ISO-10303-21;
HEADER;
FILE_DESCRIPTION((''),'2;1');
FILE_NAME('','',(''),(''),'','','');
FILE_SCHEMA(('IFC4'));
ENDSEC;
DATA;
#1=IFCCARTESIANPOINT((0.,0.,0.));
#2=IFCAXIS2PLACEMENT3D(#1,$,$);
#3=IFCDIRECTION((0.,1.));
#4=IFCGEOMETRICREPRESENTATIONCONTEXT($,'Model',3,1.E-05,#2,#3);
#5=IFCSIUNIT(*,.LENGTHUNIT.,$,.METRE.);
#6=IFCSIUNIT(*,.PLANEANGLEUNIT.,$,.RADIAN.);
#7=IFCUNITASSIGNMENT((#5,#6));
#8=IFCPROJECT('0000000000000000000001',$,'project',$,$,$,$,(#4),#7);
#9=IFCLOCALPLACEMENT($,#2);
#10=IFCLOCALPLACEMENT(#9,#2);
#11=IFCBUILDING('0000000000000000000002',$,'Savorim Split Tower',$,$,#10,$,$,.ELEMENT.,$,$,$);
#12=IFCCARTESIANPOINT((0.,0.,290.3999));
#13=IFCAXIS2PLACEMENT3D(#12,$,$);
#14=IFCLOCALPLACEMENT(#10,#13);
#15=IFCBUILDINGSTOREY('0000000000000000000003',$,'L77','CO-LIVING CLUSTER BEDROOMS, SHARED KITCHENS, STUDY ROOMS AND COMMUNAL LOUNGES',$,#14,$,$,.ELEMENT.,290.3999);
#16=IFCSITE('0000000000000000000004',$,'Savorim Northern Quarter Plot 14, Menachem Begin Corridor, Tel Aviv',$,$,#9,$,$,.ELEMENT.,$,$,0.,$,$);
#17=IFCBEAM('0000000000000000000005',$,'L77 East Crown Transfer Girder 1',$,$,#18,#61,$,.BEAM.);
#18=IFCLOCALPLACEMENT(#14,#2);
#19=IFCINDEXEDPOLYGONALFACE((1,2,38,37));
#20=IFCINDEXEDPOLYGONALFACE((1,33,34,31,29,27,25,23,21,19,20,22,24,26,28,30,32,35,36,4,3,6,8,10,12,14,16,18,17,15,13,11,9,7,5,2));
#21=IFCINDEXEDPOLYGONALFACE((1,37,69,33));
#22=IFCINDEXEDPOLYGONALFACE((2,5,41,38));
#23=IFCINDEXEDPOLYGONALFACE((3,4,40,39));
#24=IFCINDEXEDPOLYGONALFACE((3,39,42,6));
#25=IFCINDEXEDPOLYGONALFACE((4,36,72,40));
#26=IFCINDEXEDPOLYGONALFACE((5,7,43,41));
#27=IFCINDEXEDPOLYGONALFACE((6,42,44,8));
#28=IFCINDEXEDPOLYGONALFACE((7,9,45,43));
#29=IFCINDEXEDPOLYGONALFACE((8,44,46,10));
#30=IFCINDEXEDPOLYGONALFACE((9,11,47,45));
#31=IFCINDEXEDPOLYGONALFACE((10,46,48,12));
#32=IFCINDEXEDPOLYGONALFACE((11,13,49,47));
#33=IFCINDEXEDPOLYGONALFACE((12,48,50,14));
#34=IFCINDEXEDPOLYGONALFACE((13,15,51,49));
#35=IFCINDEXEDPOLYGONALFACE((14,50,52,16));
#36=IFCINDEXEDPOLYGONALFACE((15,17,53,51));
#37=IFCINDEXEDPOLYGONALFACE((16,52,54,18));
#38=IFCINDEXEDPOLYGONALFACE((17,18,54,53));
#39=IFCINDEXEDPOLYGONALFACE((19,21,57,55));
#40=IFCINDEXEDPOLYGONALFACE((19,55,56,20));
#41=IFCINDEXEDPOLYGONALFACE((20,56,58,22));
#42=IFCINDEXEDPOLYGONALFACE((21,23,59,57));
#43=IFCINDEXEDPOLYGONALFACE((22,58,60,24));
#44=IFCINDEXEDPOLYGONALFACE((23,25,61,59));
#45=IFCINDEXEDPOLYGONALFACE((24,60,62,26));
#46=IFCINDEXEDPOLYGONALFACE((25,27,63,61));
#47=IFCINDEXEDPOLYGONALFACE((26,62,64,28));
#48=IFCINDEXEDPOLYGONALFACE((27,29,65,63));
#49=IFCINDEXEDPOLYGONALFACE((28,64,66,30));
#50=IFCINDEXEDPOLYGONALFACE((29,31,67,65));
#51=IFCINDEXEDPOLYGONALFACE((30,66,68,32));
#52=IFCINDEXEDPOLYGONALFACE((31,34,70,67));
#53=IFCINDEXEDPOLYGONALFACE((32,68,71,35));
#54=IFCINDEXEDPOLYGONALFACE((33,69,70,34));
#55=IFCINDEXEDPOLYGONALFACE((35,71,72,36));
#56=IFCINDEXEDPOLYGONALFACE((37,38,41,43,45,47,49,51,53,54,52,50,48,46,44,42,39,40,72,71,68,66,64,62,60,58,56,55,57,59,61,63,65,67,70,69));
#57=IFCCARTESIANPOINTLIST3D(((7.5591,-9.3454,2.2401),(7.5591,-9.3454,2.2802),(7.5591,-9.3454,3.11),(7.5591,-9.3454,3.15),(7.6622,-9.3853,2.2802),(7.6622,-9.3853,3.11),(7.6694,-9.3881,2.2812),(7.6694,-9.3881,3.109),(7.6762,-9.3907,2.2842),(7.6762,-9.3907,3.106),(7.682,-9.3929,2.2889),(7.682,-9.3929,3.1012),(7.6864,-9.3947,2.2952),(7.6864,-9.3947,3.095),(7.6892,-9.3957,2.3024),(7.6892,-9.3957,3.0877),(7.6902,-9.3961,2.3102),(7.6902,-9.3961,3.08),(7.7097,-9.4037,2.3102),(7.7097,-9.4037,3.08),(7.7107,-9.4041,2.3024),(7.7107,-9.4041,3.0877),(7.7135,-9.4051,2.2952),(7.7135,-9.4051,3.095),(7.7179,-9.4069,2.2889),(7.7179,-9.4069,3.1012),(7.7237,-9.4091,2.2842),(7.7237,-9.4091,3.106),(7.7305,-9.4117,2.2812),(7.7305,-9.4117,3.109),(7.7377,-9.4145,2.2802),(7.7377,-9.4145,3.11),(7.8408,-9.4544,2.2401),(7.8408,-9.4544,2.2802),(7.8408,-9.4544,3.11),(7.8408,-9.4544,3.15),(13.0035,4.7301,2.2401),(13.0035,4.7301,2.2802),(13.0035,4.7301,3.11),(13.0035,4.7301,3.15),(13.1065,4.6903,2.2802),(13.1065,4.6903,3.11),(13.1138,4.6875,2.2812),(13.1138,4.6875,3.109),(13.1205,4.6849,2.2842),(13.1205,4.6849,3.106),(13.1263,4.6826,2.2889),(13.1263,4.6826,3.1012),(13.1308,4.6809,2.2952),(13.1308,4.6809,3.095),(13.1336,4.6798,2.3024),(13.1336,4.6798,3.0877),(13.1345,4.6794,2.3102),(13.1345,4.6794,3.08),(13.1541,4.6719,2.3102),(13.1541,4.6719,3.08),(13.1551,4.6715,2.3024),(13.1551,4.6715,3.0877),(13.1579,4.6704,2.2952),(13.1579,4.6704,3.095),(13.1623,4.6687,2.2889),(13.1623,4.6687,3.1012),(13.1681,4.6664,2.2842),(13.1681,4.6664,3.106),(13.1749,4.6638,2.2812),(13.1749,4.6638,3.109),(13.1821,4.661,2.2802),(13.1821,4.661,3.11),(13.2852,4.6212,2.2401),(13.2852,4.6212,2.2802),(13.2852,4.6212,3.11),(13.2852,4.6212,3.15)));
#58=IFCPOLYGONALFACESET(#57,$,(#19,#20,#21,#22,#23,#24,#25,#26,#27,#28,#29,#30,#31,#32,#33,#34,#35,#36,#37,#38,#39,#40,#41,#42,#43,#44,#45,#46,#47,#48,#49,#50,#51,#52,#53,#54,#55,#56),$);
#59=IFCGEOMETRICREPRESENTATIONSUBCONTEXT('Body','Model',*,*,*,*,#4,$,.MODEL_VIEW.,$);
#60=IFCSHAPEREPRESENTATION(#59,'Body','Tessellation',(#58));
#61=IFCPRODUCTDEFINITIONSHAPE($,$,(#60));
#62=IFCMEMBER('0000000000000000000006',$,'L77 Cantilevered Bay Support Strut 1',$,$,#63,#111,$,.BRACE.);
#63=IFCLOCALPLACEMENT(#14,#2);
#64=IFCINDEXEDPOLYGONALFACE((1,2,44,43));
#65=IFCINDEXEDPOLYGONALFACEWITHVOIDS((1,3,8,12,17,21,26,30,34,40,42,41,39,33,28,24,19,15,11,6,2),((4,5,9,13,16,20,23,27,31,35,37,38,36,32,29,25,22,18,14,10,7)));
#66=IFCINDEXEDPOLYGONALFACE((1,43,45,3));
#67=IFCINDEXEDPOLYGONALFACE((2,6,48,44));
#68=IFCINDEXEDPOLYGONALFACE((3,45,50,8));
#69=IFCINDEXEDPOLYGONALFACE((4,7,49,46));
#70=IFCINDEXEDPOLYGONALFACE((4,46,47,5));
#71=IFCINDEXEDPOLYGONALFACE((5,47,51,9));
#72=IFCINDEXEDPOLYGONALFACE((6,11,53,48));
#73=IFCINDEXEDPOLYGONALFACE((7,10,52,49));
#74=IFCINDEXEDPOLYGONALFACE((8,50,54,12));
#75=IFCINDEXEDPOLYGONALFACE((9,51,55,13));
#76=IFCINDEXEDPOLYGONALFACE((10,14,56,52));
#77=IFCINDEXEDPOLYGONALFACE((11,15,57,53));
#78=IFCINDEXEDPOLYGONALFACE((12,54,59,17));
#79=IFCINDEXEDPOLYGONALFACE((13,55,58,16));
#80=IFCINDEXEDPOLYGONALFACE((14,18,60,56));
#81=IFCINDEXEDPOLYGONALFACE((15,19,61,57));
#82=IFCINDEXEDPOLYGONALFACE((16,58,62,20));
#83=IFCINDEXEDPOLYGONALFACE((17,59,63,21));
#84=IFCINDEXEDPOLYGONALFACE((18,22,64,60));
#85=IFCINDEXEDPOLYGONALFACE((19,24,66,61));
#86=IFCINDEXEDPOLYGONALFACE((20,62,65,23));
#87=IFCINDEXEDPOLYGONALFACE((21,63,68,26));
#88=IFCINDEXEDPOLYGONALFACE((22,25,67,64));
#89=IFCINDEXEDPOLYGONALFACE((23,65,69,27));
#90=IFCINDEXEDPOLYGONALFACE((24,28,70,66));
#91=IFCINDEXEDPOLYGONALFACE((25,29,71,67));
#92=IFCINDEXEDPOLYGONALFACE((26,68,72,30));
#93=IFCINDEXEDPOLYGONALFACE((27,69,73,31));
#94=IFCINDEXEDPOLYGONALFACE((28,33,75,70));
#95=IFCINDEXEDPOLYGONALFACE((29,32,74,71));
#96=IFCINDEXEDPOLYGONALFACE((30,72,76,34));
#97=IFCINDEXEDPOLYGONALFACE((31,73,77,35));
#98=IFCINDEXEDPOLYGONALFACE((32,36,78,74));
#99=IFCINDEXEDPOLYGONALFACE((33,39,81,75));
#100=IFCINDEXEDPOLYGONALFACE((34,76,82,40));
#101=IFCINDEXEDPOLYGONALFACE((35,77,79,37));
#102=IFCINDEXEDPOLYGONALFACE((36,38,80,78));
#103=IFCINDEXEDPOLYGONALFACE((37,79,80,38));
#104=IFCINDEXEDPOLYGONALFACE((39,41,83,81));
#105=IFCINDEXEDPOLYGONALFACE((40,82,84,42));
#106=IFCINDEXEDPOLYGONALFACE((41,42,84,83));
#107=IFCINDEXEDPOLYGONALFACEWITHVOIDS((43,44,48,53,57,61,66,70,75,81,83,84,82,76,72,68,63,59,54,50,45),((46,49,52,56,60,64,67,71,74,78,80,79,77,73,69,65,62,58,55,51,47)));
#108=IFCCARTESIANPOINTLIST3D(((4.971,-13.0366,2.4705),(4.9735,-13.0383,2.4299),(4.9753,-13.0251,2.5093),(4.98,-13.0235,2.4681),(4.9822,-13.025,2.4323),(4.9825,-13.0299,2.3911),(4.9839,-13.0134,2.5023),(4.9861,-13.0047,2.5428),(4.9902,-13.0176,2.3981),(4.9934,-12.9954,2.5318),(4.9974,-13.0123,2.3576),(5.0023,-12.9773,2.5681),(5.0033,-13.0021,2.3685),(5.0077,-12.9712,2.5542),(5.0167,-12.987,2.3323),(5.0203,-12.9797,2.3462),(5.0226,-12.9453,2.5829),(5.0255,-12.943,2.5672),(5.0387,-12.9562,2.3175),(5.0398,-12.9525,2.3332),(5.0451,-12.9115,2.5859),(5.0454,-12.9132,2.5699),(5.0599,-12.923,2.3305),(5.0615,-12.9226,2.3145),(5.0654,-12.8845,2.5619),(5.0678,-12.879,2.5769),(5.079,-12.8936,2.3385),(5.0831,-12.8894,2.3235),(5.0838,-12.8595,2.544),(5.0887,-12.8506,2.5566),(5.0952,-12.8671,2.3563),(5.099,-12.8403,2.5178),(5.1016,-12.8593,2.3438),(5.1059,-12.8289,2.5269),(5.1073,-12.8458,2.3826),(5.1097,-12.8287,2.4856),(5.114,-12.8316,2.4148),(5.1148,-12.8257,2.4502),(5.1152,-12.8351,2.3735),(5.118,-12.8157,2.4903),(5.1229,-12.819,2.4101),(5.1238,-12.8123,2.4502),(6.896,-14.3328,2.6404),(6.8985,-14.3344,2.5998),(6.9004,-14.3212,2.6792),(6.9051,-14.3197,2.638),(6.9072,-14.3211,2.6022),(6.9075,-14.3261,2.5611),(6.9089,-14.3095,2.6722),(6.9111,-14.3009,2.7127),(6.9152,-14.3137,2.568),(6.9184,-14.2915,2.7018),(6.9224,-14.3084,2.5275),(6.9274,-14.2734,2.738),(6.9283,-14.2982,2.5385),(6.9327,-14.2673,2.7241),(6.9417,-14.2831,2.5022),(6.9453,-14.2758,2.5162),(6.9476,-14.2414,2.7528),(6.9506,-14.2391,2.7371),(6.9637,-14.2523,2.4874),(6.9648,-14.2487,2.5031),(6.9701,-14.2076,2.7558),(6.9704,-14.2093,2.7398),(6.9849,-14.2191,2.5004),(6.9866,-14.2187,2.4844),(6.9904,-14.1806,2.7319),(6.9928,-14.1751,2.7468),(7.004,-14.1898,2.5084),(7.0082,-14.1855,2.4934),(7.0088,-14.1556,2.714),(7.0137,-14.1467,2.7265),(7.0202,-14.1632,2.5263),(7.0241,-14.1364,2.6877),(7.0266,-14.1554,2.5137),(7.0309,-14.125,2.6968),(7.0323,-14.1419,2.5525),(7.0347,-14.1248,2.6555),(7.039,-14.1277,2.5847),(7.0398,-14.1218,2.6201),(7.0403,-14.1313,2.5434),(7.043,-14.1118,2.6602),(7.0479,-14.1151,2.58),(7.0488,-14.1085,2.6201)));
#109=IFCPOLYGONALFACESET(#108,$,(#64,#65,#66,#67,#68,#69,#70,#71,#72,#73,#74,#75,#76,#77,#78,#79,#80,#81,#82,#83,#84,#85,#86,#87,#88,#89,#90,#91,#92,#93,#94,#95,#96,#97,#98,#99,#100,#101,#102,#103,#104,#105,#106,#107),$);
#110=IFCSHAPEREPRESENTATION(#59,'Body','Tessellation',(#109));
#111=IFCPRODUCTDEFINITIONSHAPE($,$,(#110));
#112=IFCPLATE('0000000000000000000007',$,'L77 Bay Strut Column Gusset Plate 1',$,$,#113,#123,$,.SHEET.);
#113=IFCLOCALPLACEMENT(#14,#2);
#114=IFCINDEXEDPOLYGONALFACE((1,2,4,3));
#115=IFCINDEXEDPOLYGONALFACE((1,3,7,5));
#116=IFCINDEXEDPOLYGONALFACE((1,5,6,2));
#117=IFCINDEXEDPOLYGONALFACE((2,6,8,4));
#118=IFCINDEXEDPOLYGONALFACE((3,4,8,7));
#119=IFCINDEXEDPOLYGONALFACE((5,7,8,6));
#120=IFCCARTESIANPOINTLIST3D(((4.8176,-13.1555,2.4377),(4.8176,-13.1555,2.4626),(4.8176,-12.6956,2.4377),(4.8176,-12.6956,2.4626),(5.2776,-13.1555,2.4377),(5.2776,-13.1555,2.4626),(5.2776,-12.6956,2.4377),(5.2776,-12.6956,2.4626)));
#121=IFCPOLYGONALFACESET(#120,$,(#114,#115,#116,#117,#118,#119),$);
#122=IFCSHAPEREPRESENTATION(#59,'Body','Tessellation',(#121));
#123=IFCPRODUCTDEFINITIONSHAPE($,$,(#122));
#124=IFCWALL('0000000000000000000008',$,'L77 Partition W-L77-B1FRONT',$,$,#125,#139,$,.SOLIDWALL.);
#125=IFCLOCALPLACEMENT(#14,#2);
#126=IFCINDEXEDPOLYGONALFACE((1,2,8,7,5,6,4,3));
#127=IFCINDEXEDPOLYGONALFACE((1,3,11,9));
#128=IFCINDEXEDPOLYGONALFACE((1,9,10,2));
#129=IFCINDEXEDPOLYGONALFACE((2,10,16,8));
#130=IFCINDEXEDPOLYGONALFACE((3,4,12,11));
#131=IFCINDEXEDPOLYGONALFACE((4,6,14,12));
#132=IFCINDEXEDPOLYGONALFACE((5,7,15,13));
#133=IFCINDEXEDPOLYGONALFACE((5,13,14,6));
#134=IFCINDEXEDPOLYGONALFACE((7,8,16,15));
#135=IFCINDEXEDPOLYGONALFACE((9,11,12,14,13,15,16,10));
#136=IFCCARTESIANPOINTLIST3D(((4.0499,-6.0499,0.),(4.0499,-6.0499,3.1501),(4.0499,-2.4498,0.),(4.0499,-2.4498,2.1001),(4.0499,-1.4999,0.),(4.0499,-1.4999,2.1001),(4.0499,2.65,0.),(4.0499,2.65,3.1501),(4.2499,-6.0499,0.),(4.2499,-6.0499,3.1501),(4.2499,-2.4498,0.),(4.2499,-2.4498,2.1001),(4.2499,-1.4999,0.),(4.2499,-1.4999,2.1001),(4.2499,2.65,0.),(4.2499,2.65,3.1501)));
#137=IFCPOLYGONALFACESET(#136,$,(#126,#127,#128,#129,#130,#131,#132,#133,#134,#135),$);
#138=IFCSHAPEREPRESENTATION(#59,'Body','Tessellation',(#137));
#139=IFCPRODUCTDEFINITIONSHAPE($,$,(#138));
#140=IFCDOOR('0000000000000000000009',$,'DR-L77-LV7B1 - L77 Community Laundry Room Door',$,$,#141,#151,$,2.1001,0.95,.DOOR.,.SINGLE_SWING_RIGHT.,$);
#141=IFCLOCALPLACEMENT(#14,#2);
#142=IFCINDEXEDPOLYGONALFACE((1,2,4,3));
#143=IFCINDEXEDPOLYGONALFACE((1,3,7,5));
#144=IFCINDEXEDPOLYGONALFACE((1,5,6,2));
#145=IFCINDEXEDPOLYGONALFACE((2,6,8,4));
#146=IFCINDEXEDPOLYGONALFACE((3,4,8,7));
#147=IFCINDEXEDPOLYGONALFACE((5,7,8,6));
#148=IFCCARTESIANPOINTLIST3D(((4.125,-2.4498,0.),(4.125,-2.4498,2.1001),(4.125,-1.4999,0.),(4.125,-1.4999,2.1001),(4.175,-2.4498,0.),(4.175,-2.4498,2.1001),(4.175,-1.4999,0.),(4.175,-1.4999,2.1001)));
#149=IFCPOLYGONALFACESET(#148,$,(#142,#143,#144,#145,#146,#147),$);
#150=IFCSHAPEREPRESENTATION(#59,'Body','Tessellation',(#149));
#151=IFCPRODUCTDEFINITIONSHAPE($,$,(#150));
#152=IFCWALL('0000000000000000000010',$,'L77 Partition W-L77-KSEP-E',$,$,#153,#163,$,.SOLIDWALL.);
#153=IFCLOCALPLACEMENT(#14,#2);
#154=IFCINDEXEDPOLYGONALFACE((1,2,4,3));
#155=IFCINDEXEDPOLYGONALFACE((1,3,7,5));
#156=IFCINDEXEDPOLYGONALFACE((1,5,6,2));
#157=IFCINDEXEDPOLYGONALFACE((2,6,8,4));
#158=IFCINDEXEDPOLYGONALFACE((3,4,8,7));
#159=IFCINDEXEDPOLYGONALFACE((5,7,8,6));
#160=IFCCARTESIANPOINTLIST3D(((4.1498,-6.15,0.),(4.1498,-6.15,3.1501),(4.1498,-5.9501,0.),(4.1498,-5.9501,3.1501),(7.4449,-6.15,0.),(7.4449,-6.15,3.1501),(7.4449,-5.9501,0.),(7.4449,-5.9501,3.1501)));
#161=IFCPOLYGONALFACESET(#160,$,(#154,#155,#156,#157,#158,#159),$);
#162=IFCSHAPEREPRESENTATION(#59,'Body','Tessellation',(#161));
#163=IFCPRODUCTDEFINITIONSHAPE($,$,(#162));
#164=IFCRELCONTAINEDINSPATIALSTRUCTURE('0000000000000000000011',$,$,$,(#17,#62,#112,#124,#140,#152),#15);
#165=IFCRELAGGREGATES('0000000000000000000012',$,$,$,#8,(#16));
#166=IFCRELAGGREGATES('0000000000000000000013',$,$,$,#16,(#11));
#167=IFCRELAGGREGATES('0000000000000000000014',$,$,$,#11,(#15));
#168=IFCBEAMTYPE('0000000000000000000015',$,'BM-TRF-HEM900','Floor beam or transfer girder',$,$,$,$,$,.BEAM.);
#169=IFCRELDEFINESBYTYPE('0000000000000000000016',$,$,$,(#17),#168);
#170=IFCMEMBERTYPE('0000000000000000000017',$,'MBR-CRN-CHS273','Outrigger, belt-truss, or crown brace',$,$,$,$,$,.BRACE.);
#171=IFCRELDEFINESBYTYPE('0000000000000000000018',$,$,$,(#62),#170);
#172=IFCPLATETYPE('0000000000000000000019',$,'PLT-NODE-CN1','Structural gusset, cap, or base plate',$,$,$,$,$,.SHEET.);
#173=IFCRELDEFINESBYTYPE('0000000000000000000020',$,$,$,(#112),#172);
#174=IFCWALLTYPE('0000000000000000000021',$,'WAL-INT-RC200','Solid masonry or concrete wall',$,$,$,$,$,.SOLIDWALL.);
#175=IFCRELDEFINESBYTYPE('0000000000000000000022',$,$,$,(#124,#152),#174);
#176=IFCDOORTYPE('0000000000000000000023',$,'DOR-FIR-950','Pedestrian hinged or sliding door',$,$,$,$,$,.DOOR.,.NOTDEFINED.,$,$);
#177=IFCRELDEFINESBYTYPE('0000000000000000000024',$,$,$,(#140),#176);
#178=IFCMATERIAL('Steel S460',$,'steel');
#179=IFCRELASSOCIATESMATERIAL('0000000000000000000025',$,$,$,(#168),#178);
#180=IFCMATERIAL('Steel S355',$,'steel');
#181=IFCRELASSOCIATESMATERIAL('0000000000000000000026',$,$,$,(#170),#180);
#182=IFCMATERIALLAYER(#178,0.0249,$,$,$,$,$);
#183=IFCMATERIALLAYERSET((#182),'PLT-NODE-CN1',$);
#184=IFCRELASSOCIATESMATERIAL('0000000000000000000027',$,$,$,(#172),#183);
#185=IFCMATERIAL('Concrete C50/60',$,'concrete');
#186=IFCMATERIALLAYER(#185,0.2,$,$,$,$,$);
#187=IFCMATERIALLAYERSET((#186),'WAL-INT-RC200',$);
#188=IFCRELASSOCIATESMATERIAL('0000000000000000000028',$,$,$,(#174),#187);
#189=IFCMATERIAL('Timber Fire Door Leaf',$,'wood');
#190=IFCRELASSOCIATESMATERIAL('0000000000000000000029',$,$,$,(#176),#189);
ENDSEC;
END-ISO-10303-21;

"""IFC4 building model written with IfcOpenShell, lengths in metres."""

from ifc_helpers import new_model, si_unit, direction, frame, frame_2d, origin, origin_2d, place, context, subcontext, project, spatial, rectangle, hollow_circle, i_section, extrude, material, layer, layer_set, material_profile, profile_set, type_object, element, fill, save


model = new_model("IFC4")

# Units and contexts
model_context = context("Model", 3, precision=1e-05, world=origin(), true_north=direction((0.0, 1.0)))
body_context = subcontext(model_context, "Body", "Model", "MODEL_VIEW")
ifc_project = project(units=[si_unit("LENGTHUNIT", "METRE"), si_unit("PLANEANGLEUNIT", "RADIAN")], contexts=[model_context])

# Site, building, storey
site_placement = place(None, origin())
site = spatial("IfcSite", under=ifc_project, at=site_placement, Name="Savorim Northern Quarter Plot 14, Menachem Begin Corridor, Tel Aviv", CompositionType="ELEMENT", RefElevation=0.0)
building_placement = place(site_placement, origin())
building = spatial("IfcBuilding", under=site, at=building_placement, Name="Savorim Split Tower", CompositionType="ELEMENT")
storey_placement = place(building_placement, frame((0.0, 0.0, 290.3999)))
storey = spatial("IfcBuildingStorey", under=building, at=storey_placement, Name="L77", Description="CO-LIVING CLUSTER BEDROOMS, SHARED KITCHENS, STUDY ROOMS AND COMMUNAL LOUNGES", CompositionType="ELEMENT", Elevation=290.3999)

# Shared definitions
ifc_material_1 = material(Name="Steel S355", Category="steel")

# Beam
ifc_material_2 = material(Name="Steel S460", Category="steel")
ifc_material_profile_1 = material_profile(ifc_material_2, i_section(OverallWidth=0.302, OverallDepth=0.9099, WebThickness=0.021, FlangeThickness=0.04, FilletRadius=0.03, at=origin_2d()), Name="HE 900 M")
ifc_profile_set_1 = profile_set([ifc_material_profile_1], Name="Steel S460")
beam_type_1 = type_object("IfcBeamType", Name="BM-TRF-HEM900", Description="Floor beam or transfer girder", PredefinedType="BEAM", material=ifc_profile_set_1)
beam_1_placement = place(storey_placement, frame((7.7, -9.3999, 2.6951), z_axis=(0.360751, 0.932662, 0.0), x_axis=(-0.932662, 0.360751, 0.0)))
element("IfcBeam", 1, at=beam_1_placement, inside=storey, type_object=beam_type_1, Name="L77 East Crown Transfer Girder 1", PredefinedType="BEAM", context=body_context, shape_type="SweptSolid", body=[
    extrude(i_section(OverallWidth=0.302, OverallDepth=0.9099, WebThickness=0.021, FlangeThickness=0.04, FilletRadius=0.03, at=origin_2d()), origin(), (0.0, 0.0, 1.0), 15.0918),
])

# Member
ifc_material_profile_2 = material_profile(ifc_material_1, hollow_circle(Radius=0.1365, WallThickness=0.0161, at=origin_2d()), Name="CHS 273x16")
ifc_profile_set_2 = profile_set([ifc_material_profile_2], Name="Steel S355")
member_type = type_object("IfcMemberType", Name="MBR-CRN-CHS273", Description="Outrigger, belt-truss, or crown brace", PredefinedType="BRACE", material=ifc_profile_set_2)
member_placement = place(storey_placement, frame((5.0476, -12.9255, 2.4502), z_axis=(0.827286, -0.557015, 0.073024), x_axis=(0.558506, 0.829501, 0.0)))
element("IfcMember", 2, at=member_placement, inside=storey, type_object=member_type, Name="L77 Cantilevered Bay Support Strut 1", PredefinedType="BRACE", context=body_context, shape_type="SweptSolid", body=[
    extrude(hollow_circle(Radius=0.1365, WallThickness=0.0161, at=origin_2d()), origin(), (0.0, 0.0, 1.0), 2.3269),
])

# Plate
ifc_layer_1 = layer(ifc_material_2, 0.0249)
ifc_layer_set_1 = layer_set([ifc_layer_1], Name="PLT-NODE-CN1")
plate_type = type_object("IfcPlateType", Name="PLT-NODE-CN1", Description="Structural gusset, cap, or base plate", PredefinedType="SHEET", material=ifc_layer_set_1)
plate_placement = place(storey_placement, frame((5.0476, -12.9255, 2.4377), z_axis=(0.0, 0.0, 1.0), x_axis=(1.0, 0.0, 0.0)))
element("IfcPlate", 3, at=plate_placement, inside=storey, type_object=plate_type, Name="L77 Bay Strut Column Gusset Plate 1", PredefinedType="SHEET", context=body_context, shape_type="SweptSolid", body=[
    extrude(rectangle(XDim=0.46, YDim=0.46, at=origin_2d()), origin(), (0.0, 0.0, 1.0), 0.0249),
])

# Wall, opening, door
ifc_material_3 = material(Name="Concrete C50/60", Category="concrete")
ifc_layer_2 = layer(ifc_material_3, 0.2)
ifc_layer_set_2 = layer_set([ifc_layer_2], Name="WAL-INT-RC200")
wall_type_1 = type_object("IfcWallType", Name="WAL-INT-RC200", Description="Solid masonry or concrete wall", PredefinedType="SOLIDWALL", material=ifc_layer_set_2)
wall_1_placement = place(storey_placement, frame((4.1499, -6.05, 0.0), z_axis=(0.0, 0.0, 1.0), x_axis=(0.0, 1.0, 0.0)))
wall_1 = element("IfcWall", 4, at=wall_1_placement, inside=storey, type_object=wall_type_1, Name="L77 Partition W-L77-B1FRONT", PredefinedType="SOLIDWALL", context=body_context, shape_type="SweptSolid", body=[
    extrude(rectangle(XDim=8.7, YDim=0.2, at=frame_2d((4.3501, 0.0))), origin(), (0.0, 0.0, 1.0), 3.1501),
])
opening_1_placement = place(wall_1_placement, frame((3.6001, 0.0, 0.0)))
opening_1 = element("IfcOpeningElement", 5, at=opening_1_placement, cuts=wall_1, PredefinedType="OPENING", context=body_context, shape_type="SweptSolid", body=[
    extrude(rectangle(XDim=0.95, YDim=2.1001, at=frame_2d((0.4751, 1.05))), frame((0.0, 0.1099, 0.0), z_axis=(0.0, -1.0, 0.0), x_axis=(1.0, 0.0, 0.0)), (0.0, 0.0, 1.0), 0.22),
])
ifc_material_4 = material(Name="Timber Fire Door Leaf", Category="wood")
door_type_1 = type_object("IfcDoorType", Name="DOR-FIR-950", Description="Pedestrian hinged or sliding door", OperationType="NOTDEFINED", PredefinedType="DOOR", material=ifc_material_4)
door_1_placement = place(opening_1_placement, origin())
door_1 = element("IfcDoor", 6, at=door_1_placement, inside=storey, type_object=door_type_1, Name="DR-L77-LV7B1 - L77 Community Laundry Room Door", OperationType="SINGLE_SWING_RIGHT", OverallHeight=2.1001, OverallWidth=0.95, PredefinedType="DOOR", context=body_context, shape_type="SweptSolid", body=[
    extrude(rectangle(XDim=0.95, YDim=2.1001, at=frame_2d((0.4751, 1.05))), frame((0.0, 0.0249, 0.0), z_axis=(0.0, -1.0, 0.0), x_axis=(1.0, 0.0, 0.0)), (0.0, 0.0, 1.0), 0.05),
])
fill(opening_1, door_1)

# Wall
wall_2_placement = place(storey_placement, frame((4.1499, -6.05, 0.0), z_axis=(0.0, 0.0, 1.0), x_axis=(1.0, 0.0, 0.0)))
element("IfcWall", 7, at=wall_2_placement, inside=storey, type_object=wall_type_1, Name="L77 Partition W-L77-KSEP-E", PredefinedType="SOLIDWALL", context=body_context, shape_type="SweptSolid", body=[
    extrude(rectangle(XDim=3.2952, YDim=0.2, at=frame_2d((1.6475, 0.0))), origin(), (0.0, 0.0, 1.0), 3.1501),
])

save(model, "model.ifc")
